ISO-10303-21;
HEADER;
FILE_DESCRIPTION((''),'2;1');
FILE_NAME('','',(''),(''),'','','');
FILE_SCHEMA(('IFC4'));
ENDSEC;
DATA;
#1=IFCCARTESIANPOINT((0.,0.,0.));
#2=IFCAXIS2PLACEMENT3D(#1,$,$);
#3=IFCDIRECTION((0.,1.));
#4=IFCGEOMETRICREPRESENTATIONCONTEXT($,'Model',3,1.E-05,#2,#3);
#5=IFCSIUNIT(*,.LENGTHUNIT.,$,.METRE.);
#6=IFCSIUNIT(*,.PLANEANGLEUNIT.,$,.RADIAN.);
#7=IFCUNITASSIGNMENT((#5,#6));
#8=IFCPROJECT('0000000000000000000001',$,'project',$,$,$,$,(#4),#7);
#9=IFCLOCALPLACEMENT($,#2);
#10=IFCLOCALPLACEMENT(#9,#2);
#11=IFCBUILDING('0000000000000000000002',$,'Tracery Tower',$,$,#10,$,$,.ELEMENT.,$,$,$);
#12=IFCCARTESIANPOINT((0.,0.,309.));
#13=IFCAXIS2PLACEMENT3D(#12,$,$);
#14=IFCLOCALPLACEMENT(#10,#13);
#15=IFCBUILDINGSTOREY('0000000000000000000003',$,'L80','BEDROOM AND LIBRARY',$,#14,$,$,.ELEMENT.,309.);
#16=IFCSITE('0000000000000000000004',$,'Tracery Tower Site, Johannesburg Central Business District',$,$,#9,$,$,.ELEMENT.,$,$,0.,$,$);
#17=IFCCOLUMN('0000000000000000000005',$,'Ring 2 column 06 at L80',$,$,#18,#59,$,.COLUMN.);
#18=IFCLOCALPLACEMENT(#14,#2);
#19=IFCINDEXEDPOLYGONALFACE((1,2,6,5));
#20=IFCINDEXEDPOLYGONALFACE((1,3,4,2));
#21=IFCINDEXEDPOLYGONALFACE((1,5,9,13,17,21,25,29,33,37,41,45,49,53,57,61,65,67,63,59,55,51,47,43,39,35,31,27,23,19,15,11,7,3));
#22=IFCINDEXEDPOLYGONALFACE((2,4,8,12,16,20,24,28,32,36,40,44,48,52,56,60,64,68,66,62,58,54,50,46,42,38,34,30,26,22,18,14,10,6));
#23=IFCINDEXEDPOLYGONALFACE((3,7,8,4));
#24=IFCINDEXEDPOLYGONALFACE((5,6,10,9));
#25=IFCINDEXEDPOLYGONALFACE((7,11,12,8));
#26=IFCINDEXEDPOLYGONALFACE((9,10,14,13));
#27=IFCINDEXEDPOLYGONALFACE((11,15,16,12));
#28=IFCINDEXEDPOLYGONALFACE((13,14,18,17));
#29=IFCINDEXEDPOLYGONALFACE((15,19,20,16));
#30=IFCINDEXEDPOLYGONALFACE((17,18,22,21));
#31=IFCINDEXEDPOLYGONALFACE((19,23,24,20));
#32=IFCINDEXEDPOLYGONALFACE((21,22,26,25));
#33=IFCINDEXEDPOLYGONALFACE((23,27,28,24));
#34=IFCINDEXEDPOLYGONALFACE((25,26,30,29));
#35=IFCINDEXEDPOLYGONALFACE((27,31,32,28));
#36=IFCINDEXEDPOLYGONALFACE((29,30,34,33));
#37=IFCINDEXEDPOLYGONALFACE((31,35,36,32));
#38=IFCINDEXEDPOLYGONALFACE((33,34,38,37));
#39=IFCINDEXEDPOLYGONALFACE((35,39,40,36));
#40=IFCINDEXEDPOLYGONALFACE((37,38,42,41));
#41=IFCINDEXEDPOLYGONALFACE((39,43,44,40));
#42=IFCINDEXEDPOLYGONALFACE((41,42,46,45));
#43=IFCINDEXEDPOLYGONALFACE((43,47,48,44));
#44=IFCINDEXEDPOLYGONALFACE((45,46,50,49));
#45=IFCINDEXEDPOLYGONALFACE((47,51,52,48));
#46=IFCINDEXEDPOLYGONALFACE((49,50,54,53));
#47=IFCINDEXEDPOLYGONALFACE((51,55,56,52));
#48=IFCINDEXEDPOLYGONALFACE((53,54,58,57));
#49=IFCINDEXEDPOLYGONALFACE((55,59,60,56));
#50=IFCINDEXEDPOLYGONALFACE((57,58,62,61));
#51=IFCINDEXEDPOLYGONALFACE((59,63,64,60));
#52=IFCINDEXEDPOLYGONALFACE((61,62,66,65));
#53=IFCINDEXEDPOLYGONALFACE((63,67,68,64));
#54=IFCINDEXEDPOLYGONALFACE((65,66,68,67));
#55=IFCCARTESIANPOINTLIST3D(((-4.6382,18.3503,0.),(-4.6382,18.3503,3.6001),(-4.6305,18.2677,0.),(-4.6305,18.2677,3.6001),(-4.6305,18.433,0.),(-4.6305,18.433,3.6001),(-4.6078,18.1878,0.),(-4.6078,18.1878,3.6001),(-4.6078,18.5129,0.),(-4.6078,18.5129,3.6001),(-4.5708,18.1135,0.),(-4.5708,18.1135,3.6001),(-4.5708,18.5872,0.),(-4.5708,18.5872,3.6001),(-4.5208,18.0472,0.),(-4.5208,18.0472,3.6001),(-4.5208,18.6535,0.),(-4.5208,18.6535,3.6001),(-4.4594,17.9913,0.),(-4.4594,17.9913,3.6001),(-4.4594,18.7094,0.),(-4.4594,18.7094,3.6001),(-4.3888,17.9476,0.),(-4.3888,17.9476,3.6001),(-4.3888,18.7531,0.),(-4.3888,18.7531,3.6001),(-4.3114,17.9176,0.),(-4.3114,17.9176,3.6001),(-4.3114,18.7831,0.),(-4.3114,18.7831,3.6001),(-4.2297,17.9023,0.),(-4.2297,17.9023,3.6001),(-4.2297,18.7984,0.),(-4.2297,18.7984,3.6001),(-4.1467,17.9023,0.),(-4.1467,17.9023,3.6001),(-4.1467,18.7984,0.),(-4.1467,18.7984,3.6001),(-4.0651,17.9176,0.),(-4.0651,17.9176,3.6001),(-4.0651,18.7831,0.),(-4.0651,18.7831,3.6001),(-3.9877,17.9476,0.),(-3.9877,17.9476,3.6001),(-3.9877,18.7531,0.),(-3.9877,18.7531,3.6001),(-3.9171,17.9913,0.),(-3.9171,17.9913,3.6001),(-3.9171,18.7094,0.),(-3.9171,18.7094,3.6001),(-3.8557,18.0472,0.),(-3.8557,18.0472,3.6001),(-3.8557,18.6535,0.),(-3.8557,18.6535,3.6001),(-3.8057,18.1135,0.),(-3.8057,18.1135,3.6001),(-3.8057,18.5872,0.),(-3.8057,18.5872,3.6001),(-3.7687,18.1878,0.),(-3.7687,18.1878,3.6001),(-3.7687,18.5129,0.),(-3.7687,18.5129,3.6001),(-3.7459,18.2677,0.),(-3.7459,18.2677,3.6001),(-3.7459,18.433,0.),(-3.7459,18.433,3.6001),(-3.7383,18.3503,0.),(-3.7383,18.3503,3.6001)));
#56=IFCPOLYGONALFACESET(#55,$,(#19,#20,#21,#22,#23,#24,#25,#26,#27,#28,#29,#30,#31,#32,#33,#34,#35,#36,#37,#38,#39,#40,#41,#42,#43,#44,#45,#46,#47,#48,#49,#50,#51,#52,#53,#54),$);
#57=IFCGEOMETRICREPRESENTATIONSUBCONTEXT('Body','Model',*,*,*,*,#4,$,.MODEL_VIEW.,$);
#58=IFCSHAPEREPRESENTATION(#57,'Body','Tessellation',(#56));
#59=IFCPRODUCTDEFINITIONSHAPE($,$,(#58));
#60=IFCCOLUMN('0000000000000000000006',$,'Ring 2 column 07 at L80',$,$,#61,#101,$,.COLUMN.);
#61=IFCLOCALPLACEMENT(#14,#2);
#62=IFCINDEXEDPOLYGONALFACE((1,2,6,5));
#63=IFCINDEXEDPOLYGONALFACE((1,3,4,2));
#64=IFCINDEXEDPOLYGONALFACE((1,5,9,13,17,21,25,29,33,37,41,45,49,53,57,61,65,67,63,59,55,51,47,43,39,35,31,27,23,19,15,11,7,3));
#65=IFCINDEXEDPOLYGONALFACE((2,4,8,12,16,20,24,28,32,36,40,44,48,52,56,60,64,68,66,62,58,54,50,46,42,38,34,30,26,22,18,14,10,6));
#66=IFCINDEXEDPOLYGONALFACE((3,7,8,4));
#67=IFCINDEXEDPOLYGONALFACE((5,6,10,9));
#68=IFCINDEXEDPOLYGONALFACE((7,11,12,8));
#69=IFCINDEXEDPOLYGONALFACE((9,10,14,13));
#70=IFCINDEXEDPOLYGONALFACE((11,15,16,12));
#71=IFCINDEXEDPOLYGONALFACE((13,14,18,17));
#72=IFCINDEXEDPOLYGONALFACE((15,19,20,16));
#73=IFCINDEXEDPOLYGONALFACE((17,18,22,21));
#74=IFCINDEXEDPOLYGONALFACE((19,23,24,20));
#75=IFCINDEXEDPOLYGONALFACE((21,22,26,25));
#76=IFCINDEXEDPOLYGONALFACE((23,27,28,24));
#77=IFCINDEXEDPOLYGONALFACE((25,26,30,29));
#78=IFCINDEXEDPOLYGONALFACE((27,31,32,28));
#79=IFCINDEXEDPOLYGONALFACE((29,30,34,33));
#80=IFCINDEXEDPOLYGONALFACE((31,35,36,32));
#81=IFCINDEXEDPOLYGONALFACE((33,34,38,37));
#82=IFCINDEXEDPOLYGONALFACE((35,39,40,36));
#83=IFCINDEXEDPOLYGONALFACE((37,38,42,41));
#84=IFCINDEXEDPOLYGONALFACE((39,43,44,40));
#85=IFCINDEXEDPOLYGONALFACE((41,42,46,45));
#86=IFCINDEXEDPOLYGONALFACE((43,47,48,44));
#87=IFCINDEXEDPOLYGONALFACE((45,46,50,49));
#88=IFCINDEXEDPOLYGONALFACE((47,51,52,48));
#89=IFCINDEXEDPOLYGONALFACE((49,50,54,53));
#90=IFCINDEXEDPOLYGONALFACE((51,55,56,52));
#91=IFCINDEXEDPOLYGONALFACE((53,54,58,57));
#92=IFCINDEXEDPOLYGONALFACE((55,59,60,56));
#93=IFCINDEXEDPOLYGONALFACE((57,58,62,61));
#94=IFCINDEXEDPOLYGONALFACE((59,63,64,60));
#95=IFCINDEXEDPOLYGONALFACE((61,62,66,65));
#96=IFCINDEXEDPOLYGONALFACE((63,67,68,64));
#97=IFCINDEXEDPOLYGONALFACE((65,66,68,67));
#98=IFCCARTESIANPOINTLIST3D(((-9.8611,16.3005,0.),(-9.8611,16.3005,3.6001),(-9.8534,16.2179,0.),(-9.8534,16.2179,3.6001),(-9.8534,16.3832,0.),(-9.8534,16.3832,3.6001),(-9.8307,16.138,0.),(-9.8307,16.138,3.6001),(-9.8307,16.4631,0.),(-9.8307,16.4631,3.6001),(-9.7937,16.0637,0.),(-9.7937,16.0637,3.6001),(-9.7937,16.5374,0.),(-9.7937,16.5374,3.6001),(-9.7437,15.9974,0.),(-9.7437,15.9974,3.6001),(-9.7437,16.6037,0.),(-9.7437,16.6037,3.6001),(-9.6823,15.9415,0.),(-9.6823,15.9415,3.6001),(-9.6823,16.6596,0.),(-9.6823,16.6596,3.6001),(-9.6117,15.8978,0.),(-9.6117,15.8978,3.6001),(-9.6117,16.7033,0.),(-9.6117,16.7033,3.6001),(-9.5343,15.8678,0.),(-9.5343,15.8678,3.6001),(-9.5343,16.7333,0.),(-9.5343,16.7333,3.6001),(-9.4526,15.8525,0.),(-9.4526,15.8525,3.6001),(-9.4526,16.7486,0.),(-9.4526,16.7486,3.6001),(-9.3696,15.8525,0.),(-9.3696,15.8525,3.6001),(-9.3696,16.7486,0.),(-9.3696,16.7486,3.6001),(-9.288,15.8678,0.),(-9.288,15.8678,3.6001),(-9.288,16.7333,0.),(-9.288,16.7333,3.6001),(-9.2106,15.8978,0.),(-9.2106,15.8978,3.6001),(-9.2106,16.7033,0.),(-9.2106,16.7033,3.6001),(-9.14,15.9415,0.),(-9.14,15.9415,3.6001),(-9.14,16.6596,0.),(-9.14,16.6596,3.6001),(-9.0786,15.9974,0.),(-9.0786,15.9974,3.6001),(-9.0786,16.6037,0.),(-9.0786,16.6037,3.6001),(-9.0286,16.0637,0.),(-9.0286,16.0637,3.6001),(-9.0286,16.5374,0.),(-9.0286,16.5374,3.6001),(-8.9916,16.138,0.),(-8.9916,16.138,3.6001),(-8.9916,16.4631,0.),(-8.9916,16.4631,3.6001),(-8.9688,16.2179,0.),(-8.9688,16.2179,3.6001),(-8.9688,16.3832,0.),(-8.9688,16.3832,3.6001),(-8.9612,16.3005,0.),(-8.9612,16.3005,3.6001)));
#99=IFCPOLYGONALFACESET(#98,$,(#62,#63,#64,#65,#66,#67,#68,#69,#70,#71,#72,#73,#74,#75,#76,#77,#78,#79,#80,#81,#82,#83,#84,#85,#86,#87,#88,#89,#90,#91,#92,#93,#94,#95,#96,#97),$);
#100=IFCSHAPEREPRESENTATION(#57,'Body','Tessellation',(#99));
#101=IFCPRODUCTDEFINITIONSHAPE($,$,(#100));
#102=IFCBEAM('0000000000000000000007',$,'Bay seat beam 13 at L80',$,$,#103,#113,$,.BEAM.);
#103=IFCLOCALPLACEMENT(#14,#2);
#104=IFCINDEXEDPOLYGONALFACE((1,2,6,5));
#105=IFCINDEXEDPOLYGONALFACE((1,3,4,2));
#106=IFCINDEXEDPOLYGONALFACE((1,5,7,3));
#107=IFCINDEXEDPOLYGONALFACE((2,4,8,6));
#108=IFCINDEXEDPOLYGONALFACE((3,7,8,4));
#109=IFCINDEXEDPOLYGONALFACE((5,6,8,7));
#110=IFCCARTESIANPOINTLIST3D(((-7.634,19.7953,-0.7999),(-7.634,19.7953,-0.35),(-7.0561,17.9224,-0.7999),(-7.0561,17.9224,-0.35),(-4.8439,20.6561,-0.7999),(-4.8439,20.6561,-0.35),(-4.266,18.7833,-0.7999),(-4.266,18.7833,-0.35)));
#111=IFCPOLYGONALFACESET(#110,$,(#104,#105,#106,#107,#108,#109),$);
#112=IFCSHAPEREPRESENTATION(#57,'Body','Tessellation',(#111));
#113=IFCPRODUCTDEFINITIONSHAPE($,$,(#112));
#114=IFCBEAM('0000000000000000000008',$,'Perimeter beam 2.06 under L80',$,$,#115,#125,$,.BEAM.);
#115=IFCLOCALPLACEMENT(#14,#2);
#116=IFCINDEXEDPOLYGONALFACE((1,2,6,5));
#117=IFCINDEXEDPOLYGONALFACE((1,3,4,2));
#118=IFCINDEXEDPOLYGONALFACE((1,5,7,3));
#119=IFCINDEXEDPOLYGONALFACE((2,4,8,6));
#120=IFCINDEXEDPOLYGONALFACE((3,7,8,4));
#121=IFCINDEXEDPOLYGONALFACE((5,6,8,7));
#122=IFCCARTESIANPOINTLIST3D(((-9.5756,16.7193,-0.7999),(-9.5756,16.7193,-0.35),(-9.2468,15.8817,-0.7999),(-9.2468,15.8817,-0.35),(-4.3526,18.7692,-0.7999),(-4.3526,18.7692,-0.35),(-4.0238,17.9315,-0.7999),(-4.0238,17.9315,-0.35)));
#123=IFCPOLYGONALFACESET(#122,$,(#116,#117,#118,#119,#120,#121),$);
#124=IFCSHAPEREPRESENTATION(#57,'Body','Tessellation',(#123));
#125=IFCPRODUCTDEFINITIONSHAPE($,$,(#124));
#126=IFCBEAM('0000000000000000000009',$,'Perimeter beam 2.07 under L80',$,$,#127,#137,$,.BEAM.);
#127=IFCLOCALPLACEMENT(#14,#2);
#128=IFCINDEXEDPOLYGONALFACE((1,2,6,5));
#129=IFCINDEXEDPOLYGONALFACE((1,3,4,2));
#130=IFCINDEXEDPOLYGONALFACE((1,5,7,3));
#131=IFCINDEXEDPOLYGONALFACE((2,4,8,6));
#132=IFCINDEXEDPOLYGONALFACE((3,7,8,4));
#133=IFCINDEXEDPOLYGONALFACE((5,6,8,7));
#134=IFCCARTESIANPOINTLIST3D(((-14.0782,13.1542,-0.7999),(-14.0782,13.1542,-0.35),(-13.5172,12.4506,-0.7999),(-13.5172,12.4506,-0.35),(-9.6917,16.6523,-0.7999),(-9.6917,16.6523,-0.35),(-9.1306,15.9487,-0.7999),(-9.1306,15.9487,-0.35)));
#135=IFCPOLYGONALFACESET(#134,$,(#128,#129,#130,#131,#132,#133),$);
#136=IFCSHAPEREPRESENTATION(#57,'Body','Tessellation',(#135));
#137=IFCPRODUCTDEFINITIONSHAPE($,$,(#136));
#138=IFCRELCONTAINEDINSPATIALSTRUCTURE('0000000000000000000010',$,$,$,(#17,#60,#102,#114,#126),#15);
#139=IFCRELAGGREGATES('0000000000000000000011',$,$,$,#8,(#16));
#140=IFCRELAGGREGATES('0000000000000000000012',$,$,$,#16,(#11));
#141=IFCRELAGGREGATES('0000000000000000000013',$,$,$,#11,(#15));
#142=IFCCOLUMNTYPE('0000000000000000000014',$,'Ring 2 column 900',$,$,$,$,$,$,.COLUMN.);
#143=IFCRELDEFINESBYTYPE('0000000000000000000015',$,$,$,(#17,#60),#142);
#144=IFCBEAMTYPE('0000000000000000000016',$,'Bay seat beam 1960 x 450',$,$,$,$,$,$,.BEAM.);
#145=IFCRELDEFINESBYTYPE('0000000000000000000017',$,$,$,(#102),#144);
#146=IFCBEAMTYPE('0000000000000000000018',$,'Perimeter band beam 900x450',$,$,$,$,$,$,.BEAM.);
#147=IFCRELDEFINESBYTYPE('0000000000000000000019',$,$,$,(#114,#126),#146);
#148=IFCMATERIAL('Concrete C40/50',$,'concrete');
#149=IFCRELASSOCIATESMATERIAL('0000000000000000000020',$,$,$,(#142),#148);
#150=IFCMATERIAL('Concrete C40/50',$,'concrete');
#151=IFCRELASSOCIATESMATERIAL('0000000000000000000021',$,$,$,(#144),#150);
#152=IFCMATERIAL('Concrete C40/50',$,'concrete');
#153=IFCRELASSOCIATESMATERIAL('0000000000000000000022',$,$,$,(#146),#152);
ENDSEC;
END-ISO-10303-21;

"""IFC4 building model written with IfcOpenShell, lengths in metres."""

from ifc_helpers import new_model, si_unit, direction, frame, origin, origin_2d, place, context, subcontext, project, spatial, rectangle, circle, extrude, material, material_profile, profile_set, type_object, element, save


model = new_model("IFC4")

# Units and contexts
model_context = context("Model", 3, precision=1e-05, world=origin(), true_north=direction((0.0, 1.0)))
body_context = subcontext(model_context, "Body", "Model", "MODEL_VIEW")
ifc_project = project(units=[si_unit("LENGTHUNIT", "METRE"), si_unit("PLANEANGLEUNIT", "RADIAN")], contexts=[model_context])

# Site, building, storey
site_placement = place(None, origin())
site = spatial("IfcSite", under=ifc_project, at=site_placement, Name="Tracery Tower Site, Johannesburg Central Business District", CompositionType="ELEMENT", RefElevation=0.0)
building_placement = place(site_placement, origin())
building = spatial("IfcBuilding", under=site, at=building_placement, Name="Tracery Tower", CompositionType="ELEMENT")
storey_placement = place(building_placement, frame((0.0, 0.0, 309.0)))
storey = spatial("IfcBuildingStorey", under=building, at=storey_placement, Name="L80", Description="BEDROOM AND LIBRARY", CompositionType="ELEMENT", Elevation=309.0)

# Columns
ifc_material_1 = material(Name="Concrete C40/50", Category="concrete")
ifc_material_profile_1 = material_profile(ifc_material_1, circle(Radius=0.45, at=origin_2d()), Name="RC D900")
ifc_profile_set_1 = profile_set([ifc_material_profile_1], Name="Concrete C40/50")
column_type = type_object("IfcColumnType", Name="Ring 2 column 900", PredefinedType="COLUMN", material=ifc_profile_set_1)
for number, where, z_axis, x_axis, name in (
    (1, (-4.1882, 18.3503, 0.0), (0.0, 0.0, 1.0), (1.0, 0.0, 0.0), "Ring 2 column 06 at L80"),
    (2, (-9.4111, 16.3005, 0.0), (0.0, 0.0, 1.0), (1.0, 0.0, 0.0), "Ring 2 column 07 at L80"),
):
    element("IfcColumn", number, at=place(storey_placement, frame(where, z_axis=z_axis, x_axis=x_axis)), inside=storey, type_object=column_type, Name=name, PredefinedType="COLUMN", context=body_context, shape_type="SweptSolid", body=[
        extrude(circle(Radius=0.45, at=origin_2d()), origin(), (0.0, 0.0, 1.0), 3.6001),
    ])

# Beams
ifc_material_2 = material(Name="Concrete C40/50", Category="concrete")
ifc_material_profile_2 = material_profile(ifc_material_2, rectangle(XDim=1.96, YDim=0.45, at=origin_2d()), Name="RC 1960x450")
ifc_profile_set_2 = profile_set([ifc_material_profile_2], Name="Concrete C40/50")
beam_type_1 = type_object("IfcBeamType", Name="Bay seat beam 1960 x 450", PredefinedType="BEAM", material=ifc_profile_set_2)
beam_1_placement = place(storey_placement, frame((-4.5549, 19.7197, -0.575), z_axis=(-0.955551, -0.294826, 0.0), x_axis=(0.294826, -0.955551, 0.0)))
element("IfcBeam", 3, at=beam_1_placement, inside=storey, type_object=beam_type_1, Name="Bay seat beam 13 at L80", PredefinedType="BEAM", context=body_context, shape_type="SweptSolid", body=[
    extrude(rectangle(XDim=1.96, YDim=0.45, at=origin_2d()), origin(), (0.0, 0.0, 1.0), 2.9199),
])
ifc_material_3 = material(Name="Concrete C40/50", Category="concrete")
ifc_material_profile_3 = material_profile(ifc_material_3, rectangle(XDim=0.8999, YDim=0.45, at=origin_2d()), Name="RC 900x450")
ifc_profile_set_3 = profile_set([ifc_material_profile_3], Name="Concrete C40/50")
beam_type_2 = type_object("IfcBeamType", Name="Perimeter band beam 900x450", PredefinedType="BEAM", material=ifc_profile_set_3)
beam_2_placement = place(storey_placement, frame((-4.1882, 18.3503, -0.575), z_axis=(-0.930876, -0.365336, 0.0), x_axis=(0.365336, -0.930876, 0.0)))
element("IfcBeam", 4, at=beam_2_placement, inside=storey, type_object=beam_type_2, Name="Perimeter beam 2.06 under L80", PredefinedType="BEAM", context=body_context, shape_type="SweptSolid", body=[
    extrude(rectangle(XDim=0.8999, YDim=0.45, at=origin_2d()), origin(), (0.0, 0.0, 1.0), 5.6108),
])
beam_3_placement = place(storey_placement, frame((-9.4111, 16.3005, -0.575), z_axis=(-0.781836, -0.623484, 0.0), x_axis=(0.623484, -0.781836, 0.0)))
element("IfcBeam", 5, at=beam_3_placement, inside=storey, type_object=beam_type_2, Name="Perimeter beam 2.07 under L80", PredefinedType="BEAM", context=body_context, shape_type="SweptSolid", body=[
    extrude(rectangle(XDim=0.8999, YDim=0.45, at=origin_2d()), origin(), (0.0, 0.0, 1.0), 5.6106),
])

save(model, "model.ifc")
